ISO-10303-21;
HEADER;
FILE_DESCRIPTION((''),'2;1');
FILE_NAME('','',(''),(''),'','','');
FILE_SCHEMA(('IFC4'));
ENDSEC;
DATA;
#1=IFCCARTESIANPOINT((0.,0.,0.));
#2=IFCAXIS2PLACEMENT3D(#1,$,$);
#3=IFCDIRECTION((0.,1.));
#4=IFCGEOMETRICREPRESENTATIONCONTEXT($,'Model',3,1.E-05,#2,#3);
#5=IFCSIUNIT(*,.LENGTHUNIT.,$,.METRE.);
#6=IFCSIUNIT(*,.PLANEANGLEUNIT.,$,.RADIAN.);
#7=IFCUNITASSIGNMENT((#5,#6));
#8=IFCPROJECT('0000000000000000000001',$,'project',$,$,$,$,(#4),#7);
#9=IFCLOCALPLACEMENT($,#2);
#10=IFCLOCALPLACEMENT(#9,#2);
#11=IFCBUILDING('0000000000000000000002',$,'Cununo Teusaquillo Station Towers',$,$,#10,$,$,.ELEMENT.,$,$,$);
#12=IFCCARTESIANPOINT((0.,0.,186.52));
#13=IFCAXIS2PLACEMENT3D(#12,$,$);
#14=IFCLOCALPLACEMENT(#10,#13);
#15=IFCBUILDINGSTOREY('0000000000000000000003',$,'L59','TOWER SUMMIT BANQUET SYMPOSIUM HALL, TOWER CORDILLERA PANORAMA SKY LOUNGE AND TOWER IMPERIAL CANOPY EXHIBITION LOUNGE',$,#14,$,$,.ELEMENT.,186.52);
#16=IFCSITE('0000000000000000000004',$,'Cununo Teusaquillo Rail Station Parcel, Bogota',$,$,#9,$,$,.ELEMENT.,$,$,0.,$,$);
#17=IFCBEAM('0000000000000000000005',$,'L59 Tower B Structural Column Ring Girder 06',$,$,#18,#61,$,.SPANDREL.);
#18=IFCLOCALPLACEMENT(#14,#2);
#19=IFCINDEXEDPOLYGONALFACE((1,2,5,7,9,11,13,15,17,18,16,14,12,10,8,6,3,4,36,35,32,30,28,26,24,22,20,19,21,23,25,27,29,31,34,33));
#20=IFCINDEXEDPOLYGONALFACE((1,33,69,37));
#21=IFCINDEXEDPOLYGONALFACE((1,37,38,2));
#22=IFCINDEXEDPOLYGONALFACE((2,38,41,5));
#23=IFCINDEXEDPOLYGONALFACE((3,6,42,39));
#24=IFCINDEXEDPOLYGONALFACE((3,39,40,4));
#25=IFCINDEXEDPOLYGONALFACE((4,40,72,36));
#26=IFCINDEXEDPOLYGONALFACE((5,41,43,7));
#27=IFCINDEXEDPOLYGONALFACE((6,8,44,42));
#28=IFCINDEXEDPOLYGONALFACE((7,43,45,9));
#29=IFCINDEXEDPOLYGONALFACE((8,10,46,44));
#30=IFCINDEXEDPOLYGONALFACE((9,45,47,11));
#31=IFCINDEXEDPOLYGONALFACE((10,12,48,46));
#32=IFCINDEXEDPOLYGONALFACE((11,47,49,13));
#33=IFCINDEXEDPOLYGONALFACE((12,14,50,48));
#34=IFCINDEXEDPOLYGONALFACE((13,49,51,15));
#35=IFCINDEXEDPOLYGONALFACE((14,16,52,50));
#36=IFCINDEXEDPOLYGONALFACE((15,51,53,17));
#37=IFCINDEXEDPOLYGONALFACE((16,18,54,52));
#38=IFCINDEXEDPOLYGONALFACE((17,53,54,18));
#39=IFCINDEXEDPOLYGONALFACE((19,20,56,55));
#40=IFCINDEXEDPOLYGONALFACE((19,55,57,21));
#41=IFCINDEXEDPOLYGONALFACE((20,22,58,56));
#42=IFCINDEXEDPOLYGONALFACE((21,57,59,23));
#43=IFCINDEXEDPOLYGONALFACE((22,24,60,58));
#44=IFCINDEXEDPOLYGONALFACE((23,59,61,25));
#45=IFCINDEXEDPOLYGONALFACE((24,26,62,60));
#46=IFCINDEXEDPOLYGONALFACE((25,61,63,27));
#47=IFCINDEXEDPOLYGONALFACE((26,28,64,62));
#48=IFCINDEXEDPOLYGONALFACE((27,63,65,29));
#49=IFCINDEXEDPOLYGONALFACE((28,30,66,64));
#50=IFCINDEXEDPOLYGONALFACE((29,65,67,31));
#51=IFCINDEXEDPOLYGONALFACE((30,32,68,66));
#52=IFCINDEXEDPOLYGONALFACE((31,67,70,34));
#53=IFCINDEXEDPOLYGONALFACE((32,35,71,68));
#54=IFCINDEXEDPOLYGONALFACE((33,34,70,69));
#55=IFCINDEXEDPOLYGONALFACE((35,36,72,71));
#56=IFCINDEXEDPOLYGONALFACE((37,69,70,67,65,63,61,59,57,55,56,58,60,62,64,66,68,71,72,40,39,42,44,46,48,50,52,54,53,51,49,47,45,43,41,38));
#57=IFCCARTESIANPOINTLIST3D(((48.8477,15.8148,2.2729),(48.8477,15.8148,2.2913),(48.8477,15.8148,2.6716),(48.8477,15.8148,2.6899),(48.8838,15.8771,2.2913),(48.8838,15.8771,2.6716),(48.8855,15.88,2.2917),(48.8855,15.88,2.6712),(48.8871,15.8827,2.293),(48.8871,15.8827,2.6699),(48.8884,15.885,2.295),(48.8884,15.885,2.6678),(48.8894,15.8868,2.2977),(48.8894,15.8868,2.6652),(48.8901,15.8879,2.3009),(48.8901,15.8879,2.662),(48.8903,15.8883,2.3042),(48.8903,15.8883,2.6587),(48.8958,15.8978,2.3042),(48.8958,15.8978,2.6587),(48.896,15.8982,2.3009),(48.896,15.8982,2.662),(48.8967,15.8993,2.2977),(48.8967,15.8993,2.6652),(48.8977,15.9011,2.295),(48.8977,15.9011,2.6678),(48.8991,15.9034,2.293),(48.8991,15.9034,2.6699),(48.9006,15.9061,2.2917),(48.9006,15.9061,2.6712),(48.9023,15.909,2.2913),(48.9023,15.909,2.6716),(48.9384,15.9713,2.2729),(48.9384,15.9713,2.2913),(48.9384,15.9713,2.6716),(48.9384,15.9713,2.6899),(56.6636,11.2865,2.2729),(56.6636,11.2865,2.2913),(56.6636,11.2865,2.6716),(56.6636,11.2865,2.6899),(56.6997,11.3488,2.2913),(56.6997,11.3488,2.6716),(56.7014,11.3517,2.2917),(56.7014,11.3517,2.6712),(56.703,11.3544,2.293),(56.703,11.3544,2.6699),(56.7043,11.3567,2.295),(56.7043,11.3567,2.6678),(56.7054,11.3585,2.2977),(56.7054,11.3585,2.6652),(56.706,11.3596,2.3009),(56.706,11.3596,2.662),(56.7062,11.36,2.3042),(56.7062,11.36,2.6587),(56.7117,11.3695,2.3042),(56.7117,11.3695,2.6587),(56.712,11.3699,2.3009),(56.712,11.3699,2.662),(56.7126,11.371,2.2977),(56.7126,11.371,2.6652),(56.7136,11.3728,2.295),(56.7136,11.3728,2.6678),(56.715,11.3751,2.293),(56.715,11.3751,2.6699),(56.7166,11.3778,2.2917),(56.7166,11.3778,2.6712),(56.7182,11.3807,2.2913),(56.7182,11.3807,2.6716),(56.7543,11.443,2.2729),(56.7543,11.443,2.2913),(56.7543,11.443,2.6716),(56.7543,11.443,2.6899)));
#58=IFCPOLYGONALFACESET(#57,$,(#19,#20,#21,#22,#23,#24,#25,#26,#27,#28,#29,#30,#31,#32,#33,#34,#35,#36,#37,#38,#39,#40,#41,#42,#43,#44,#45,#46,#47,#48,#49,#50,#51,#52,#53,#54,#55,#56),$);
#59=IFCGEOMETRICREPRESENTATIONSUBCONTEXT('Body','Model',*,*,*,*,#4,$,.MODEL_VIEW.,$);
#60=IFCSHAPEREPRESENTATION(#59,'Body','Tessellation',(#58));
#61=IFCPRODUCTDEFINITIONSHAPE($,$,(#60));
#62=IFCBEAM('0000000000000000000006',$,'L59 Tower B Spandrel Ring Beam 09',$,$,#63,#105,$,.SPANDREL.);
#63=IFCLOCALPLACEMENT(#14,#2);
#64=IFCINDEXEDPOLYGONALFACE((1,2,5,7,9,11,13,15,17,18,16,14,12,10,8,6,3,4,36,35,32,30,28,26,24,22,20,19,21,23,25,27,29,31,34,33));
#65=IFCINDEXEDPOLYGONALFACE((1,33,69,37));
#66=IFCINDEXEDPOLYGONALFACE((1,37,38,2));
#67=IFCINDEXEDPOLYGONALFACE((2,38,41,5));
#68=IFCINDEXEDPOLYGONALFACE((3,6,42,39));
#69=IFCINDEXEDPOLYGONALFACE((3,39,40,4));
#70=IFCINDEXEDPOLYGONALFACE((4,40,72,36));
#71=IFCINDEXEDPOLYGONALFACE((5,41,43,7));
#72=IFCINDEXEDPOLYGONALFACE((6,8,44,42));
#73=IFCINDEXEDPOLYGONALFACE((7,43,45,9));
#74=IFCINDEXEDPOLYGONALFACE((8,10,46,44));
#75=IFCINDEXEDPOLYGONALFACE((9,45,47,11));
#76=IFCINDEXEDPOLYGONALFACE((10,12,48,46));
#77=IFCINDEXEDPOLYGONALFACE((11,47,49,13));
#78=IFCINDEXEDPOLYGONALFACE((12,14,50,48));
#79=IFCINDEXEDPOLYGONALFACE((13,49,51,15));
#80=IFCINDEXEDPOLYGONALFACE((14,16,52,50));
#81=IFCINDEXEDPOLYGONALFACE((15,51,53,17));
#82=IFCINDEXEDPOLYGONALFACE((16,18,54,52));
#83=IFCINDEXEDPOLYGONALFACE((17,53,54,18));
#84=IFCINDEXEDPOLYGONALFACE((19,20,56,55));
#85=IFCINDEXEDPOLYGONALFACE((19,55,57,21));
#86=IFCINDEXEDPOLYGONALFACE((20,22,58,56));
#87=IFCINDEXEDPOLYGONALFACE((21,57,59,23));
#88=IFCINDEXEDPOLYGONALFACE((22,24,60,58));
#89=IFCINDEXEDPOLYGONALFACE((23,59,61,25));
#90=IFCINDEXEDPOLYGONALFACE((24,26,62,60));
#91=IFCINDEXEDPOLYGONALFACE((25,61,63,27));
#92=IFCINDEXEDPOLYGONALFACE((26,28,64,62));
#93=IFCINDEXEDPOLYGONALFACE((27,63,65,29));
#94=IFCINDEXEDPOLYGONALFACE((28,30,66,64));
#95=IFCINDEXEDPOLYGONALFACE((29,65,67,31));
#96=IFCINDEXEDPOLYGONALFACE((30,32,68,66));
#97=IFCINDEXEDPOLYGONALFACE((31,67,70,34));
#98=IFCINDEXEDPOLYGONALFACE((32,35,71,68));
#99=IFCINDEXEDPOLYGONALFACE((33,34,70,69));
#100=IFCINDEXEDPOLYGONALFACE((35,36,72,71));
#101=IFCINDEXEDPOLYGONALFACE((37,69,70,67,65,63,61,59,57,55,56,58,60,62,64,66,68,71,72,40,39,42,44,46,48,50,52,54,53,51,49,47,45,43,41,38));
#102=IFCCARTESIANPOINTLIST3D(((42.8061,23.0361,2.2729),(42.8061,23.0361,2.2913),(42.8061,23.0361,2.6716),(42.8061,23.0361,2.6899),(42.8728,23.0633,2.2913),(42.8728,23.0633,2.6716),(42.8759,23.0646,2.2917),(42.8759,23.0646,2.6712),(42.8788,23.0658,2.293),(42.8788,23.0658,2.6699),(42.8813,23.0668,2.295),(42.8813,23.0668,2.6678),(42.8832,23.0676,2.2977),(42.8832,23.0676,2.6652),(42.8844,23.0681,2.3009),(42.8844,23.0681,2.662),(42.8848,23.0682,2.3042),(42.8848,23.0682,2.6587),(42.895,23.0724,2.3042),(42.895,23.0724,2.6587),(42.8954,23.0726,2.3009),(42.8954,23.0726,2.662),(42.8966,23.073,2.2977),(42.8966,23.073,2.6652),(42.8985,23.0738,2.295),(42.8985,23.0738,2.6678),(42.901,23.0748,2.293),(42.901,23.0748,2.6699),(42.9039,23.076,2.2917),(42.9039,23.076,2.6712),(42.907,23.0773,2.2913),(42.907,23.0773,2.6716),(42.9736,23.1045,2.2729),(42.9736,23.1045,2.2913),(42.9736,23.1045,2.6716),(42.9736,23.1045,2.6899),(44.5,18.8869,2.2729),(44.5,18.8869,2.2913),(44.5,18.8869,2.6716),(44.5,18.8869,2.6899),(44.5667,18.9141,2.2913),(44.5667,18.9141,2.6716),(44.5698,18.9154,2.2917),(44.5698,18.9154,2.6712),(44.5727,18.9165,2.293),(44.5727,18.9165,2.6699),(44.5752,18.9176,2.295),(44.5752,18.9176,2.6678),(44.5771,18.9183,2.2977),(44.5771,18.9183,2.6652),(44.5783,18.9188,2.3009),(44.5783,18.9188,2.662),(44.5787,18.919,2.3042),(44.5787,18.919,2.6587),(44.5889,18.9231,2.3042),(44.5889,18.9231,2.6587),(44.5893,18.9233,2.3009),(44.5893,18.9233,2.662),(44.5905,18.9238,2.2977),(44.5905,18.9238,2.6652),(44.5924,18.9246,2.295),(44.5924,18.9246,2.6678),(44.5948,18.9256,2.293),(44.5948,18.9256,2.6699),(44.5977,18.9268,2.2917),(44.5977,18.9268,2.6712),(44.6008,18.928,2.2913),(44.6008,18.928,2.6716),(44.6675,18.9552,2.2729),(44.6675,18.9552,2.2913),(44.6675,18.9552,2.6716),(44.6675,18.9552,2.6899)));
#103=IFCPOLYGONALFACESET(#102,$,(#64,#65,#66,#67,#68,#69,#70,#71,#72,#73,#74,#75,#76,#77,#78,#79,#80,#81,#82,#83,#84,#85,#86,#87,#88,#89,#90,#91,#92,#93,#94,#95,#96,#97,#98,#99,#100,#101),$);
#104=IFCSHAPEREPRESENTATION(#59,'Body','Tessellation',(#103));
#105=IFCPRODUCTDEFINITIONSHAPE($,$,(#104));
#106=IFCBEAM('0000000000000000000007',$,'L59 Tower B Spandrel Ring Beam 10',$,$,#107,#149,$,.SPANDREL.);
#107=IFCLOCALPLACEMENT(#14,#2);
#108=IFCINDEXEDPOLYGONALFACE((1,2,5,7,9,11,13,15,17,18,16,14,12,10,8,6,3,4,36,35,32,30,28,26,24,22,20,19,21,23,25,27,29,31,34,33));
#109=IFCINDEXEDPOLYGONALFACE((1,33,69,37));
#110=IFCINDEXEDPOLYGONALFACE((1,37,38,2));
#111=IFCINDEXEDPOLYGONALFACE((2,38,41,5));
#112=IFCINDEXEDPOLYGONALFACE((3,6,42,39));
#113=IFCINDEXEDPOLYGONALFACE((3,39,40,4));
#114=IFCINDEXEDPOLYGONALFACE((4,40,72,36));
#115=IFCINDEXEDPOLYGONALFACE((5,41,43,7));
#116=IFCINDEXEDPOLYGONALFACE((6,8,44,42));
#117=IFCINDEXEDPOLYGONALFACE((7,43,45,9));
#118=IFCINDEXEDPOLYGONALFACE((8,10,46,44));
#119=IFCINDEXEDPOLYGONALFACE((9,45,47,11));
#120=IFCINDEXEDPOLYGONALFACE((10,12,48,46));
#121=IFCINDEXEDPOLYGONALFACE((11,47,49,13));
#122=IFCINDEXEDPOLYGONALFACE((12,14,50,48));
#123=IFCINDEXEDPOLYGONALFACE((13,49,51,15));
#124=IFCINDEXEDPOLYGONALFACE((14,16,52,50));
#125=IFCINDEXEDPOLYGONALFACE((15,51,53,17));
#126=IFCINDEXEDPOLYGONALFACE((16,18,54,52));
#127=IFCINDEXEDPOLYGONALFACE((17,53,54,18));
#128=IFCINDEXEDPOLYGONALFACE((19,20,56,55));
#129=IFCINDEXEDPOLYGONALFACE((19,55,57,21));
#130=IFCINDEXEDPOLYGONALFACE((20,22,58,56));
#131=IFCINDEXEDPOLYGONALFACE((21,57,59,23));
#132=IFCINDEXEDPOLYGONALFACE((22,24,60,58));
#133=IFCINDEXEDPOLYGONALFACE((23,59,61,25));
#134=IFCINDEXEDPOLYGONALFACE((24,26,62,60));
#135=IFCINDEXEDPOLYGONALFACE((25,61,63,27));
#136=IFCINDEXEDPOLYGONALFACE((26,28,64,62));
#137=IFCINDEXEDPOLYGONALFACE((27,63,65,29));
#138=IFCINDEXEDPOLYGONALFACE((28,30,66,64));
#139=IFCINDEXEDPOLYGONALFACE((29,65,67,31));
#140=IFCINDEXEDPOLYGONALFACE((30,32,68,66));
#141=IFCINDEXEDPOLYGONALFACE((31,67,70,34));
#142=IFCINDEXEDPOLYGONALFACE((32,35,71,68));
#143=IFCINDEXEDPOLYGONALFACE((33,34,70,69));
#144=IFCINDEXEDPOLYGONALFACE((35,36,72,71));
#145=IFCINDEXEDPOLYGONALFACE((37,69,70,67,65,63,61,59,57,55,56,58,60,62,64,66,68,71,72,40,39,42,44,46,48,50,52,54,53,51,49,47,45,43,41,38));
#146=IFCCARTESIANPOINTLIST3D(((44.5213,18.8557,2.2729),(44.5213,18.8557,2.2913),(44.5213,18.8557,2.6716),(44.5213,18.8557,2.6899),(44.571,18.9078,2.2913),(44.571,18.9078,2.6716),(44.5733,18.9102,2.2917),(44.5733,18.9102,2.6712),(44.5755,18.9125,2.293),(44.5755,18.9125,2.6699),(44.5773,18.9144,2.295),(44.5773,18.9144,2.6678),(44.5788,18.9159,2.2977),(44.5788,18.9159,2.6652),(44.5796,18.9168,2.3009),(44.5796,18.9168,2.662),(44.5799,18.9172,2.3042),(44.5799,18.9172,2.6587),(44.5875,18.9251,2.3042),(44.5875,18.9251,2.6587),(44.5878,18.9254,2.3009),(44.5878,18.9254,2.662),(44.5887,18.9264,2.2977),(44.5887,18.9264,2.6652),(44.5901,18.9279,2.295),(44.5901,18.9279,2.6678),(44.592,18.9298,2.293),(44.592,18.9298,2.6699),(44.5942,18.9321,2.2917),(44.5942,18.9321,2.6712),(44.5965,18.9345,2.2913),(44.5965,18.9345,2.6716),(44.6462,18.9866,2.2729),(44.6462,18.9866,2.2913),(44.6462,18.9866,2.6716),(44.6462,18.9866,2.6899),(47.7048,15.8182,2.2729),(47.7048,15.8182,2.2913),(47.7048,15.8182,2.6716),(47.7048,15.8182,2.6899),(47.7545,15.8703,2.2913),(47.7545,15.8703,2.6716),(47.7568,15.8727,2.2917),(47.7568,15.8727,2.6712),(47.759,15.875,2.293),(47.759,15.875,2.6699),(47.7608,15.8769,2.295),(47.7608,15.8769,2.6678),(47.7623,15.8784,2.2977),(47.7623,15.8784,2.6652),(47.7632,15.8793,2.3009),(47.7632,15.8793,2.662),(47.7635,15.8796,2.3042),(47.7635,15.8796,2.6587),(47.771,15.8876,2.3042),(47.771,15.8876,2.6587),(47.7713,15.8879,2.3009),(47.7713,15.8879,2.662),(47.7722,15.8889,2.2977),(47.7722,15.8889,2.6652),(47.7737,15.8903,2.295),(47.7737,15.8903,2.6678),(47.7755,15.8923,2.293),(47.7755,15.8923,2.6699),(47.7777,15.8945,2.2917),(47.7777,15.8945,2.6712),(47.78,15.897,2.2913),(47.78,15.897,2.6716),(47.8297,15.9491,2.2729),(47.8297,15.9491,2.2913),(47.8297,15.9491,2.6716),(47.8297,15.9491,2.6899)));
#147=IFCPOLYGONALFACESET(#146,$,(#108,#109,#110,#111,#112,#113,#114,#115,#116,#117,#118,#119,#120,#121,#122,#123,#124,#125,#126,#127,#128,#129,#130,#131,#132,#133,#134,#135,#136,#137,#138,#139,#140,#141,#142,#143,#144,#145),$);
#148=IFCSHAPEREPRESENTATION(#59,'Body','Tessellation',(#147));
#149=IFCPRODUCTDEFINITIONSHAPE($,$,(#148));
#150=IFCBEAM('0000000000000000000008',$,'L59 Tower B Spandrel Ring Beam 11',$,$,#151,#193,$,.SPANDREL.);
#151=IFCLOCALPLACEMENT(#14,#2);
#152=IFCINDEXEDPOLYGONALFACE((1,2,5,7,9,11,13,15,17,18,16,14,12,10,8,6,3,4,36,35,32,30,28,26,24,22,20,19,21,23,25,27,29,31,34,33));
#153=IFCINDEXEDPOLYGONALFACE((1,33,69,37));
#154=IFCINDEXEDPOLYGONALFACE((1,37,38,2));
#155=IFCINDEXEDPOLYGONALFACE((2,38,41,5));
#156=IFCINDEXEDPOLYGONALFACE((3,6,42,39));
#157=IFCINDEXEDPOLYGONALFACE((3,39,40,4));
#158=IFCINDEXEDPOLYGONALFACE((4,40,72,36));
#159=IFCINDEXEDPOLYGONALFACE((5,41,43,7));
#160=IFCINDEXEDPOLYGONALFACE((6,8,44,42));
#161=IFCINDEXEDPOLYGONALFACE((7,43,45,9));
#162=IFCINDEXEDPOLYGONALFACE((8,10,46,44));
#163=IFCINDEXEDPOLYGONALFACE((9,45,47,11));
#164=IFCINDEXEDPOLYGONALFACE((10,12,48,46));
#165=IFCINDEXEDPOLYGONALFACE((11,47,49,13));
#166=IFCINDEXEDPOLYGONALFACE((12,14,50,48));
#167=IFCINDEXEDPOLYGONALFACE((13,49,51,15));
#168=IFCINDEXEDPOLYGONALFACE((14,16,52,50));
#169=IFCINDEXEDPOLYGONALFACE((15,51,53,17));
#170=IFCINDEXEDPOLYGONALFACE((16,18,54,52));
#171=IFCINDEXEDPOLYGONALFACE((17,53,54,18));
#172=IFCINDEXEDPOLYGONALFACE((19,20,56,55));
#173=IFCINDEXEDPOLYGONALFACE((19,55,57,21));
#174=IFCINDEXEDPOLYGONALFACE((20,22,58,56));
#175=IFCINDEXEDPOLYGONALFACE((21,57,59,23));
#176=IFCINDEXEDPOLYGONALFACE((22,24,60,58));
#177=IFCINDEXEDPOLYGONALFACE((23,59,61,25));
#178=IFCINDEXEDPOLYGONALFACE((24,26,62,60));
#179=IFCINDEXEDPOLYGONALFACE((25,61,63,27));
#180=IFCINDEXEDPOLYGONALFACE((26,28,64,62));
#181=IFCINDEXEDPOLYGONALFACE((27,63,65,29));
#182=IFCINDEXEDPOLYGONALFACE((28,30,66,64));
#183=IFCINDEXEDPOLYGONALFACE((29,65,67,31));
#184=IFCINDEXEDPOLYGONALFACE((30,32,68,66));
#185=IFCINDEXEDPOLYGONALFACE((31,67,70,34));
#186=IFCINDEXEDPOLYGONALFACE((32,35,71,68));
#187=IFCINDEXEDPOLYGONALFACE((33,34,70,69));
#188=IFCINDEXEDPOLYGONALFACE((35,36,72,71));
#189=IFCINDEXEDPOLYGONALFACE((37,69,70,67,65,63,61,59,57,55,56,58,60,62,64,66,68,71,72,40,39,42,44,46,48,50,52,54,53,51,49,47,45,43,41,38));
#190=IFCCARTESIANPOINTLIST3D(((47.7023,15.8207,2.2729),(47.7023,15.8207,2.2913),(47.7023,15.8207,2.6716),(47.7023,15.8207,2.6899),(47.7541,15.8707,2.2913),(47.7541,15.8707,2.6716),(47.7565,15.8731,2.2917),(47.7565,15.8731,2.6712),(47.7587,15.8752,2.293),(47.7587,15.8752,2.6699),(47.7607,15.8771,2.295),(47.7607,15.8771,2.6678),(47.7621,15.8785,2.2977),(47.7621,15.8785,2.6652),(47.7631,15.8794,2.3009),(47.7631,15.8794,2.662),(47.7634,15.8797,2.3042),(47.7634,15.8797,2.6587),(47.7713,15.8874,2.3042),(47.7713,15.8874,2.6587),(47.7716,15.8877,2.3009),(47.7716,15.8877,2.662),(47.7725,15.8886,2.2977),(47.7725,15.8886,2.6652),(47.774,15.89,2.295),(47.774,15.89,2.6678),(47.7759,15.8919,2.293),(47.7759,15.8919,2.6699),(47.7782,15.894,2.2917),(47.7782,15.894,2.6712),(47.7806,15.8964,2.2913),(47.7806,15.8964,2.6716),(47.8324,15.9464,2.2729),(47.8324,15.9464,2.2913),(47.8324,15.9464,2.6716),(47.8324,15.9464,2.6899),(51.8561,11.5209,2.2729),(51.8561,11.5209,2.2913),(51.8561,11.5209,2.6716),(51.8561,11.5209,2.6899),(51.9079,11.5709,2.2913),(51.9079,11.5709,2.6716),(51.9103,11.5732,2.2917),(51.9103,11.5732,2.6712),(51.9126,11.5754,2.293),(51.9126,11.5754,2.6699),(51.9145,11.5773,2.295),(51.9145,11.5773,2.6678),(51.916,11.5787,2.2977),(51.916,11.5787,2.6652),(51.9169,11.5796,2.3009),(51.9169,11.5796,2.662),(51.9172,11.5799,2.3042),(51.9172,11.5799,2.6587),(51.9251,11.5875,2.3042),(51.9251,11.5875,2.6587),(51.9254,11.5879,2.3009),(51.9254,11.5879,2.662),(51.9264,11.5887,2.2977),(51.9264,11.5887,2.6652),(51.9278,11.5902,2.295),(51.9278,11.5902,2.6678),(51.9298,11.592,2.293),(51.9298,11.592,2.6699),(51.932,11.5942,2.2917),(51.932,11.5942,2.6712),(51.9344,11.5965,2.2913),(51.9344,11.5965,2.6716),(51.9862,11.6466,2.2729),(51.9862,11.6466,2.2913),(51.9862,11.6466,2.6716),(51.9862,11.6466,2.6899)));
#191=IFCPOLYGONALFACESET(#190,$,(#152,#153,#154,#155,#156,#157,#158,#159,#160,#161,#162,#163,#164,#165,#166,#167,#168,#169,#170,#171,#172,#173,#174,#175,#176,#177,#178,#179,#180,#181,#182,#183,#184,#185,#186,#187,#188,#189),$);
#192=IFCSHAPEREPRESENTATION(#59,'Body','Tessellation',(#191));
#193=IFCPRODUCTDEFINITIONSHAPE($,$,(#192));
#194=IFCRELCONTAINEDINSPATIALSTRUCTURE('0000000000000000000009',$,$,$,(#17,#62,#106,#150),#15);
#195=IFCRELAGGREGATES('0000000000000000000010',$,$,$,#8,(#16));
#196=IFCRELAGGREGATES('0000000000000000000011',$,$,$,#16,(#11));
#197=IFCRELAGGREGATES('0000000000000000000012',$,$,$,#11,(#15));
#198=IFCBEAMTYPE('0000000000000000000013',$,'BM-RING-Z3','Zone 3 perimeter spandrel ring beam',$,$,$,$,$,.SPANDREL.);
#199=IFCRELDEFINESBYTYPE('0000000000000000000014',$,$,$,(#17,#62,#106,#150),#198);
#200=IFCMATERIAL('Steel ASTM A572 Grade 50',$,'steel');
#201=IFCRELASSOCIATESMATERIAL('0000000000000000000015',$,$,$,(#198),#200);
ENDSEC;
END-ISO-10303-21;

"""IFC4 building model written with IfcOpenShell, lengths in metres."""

from ifc_helpers import new_model, si_unit, direction, frame, origin, origin_2d, place, context, subcontext, project, spatial, i_section, extrude, material, material_profile, profile_set, type_object, element, save


model = new_model("IFC4")

# Units and contexts
model_context = context("Model", 3, precision=1e-05, world=origin(), true_north=direction((0.0, 1.0)))
body_context = subcontext(model_context, "Body", "Model", "MODEL_VIEW")
ifc_project = project(units=[si_unit("LENGTHUNIT", "METRE"), si_unit("PLANEANGLEUNIT", "RADIAN")], contexts=[model_context])

# Site, building, storey
site_placement = place(None, origin())
site = spatial("IfcSite", under=ifc_project, at=site_placement, Name="Cununo Teusaquillo Rail Station Parcel, Bogota", CompositionType="ELEMENT", RefElevation=0.0)
building_placement = place(site_placement, origin())
building = spatial("IfcBuilding", under=site, at=building_placement, Name="Cununo Teusaquillo Station Towers", CompositionType="ELEMENT")
storey_placement = place(building_placement, frame((0.0, 0.0, 186.52)))
storey = spatial("IfcBuildingStorey", under=building, at=storey_placement, Name="L59", Description="TOWER SUMMIT BANQUET SYMPOSIUM HALL, TOWER CORDILLERA PANORAMA SKY LOUNGE AND TOWER IMPERIAL CANOPY EXHIBITION LOUNGE", CompositionType="ELEMENT", Elevation=186.52)

# Beams
ifc_material_1 = material(Name="Steel ASTM A572 Grade 50", Category="steel")
ifc_material_profile_1 = material_profile(ifc_material_1, i_section(OverallWidth=0.1809, OverallDepth=0.417, WebThickness=0.011, FlangeThickness=0.0183, FilletRadius=0.0129, at=origin_2d()), Name="W16X57")
ifc_profile_set_1 = profile_set([ifc_material_profile_1], Name="Steel ASTM A572 Grade 50")
beam_type_1 = type_object("IfcBeamType", Name="BM-RING-Z3", Description="Zone 3 perimeter spandrel ring beam", PredefinedType="SPANDREL", material=ifc_profile_set_1)
for number, where, z_axis, x_axis, name in (
    (1, (48.8931, 15.8931, 2.4814), (0.865267, -0.501311, 0.0), (0.501311, 0.865267, 0.0), "L59 Tower B Structural Column Ring Girder 06"),
):
    element("IfcBeam", number, at=place(storey_placement, frame(where, z_axis=z_axis, x_axis=x_axis)), inside=storey, type_object=beam_type_1, Name=name, PredefinedType="SPANDREL", context=body_context, shape_type="SweptSolid", body=[
        extrude(i_section(OverallWidth=0.1809, OverallDepth=0.417, WebThickness=0.011, FlangeThickness=0.0183, FilletRadius=0.0129, at=origin_2d()), origin(), (0.0, 0.0, 1.0), 9.033),
    ])
beam_1_placement = place(storey_placement, frame((42.8899, 23.0703, 2.4814), z_axis=(0.377956, -0.925824, 0.0), x_axis=(0.925824, 0.377956, 0.0)))
element("IfcBeam", 2, at=beam_1_placement, inside=storey, type_object=beam_type_1, Name="L59 Tower B Spandrel Ring Beam 09", PredefinedType="SPANDREL", context=body_context, shape_type="SweptSolid", body=[
    extrude(i_section(OverallWidth=0.1809, OverallDepth=0.417, WebThickness=0.011, FlangeThickness=0.0183, FilletRadius=0.0129, at=origin_2d()), origin(), (0.0, 0.0, 1.0), 4.4817),
])
beam_2_placement = place(storey_placement, frame((44.5837, 18.9211, 2.4814), z_axis=(0.723502, -0.690323, 0.0), x_axis=(0.690323, 0.723502, 0.0)))
element("IfcBeam", 3, at=beam_2_placement, inside=storey, type_object=beam_type_1, Name="L59 Tower B Spandrel Ring Beam 10", PredefinedType="SPANDREL", context=body_context, shape_type="SweptSolid", body=[
    extrude(i_section(OverallWidth=0.1809, OverallDepth=0.417, WebThickness=0.011, FlangeThickness=0.0183, FilletRadius=0.0129, at=origin_2d()), origin(), (0.0, 0.0, 1.0), 4.4001),
])
beam_3_placement = place(storey_placement, frame((47.7673, 15.8835, 2.4814), z_axis=(0.694791, -0.719211, 0.0), x_axis=(0.719211, 0.694791, 0.0)))
element("IfcBeam", 4, at=beam_3_placement, inside=storey, type_object=beam_type_1, Name="L59 Tower B Spandrel Ring Beam 11", PredefinedType="SPANDREL", context=body_context, shape_type="SweptSolid", body=[
    extrude(i_section(OverallWidth=0.1809, OverallDepth=0.417, WebThickness=0.011, FlangeThickness=0.0183, FilletRadius=0.0129, at=origin_2d()), origin(), (0.0, 0.0, 1.0), 5.9785),
])

save(model, "model.ifc")
